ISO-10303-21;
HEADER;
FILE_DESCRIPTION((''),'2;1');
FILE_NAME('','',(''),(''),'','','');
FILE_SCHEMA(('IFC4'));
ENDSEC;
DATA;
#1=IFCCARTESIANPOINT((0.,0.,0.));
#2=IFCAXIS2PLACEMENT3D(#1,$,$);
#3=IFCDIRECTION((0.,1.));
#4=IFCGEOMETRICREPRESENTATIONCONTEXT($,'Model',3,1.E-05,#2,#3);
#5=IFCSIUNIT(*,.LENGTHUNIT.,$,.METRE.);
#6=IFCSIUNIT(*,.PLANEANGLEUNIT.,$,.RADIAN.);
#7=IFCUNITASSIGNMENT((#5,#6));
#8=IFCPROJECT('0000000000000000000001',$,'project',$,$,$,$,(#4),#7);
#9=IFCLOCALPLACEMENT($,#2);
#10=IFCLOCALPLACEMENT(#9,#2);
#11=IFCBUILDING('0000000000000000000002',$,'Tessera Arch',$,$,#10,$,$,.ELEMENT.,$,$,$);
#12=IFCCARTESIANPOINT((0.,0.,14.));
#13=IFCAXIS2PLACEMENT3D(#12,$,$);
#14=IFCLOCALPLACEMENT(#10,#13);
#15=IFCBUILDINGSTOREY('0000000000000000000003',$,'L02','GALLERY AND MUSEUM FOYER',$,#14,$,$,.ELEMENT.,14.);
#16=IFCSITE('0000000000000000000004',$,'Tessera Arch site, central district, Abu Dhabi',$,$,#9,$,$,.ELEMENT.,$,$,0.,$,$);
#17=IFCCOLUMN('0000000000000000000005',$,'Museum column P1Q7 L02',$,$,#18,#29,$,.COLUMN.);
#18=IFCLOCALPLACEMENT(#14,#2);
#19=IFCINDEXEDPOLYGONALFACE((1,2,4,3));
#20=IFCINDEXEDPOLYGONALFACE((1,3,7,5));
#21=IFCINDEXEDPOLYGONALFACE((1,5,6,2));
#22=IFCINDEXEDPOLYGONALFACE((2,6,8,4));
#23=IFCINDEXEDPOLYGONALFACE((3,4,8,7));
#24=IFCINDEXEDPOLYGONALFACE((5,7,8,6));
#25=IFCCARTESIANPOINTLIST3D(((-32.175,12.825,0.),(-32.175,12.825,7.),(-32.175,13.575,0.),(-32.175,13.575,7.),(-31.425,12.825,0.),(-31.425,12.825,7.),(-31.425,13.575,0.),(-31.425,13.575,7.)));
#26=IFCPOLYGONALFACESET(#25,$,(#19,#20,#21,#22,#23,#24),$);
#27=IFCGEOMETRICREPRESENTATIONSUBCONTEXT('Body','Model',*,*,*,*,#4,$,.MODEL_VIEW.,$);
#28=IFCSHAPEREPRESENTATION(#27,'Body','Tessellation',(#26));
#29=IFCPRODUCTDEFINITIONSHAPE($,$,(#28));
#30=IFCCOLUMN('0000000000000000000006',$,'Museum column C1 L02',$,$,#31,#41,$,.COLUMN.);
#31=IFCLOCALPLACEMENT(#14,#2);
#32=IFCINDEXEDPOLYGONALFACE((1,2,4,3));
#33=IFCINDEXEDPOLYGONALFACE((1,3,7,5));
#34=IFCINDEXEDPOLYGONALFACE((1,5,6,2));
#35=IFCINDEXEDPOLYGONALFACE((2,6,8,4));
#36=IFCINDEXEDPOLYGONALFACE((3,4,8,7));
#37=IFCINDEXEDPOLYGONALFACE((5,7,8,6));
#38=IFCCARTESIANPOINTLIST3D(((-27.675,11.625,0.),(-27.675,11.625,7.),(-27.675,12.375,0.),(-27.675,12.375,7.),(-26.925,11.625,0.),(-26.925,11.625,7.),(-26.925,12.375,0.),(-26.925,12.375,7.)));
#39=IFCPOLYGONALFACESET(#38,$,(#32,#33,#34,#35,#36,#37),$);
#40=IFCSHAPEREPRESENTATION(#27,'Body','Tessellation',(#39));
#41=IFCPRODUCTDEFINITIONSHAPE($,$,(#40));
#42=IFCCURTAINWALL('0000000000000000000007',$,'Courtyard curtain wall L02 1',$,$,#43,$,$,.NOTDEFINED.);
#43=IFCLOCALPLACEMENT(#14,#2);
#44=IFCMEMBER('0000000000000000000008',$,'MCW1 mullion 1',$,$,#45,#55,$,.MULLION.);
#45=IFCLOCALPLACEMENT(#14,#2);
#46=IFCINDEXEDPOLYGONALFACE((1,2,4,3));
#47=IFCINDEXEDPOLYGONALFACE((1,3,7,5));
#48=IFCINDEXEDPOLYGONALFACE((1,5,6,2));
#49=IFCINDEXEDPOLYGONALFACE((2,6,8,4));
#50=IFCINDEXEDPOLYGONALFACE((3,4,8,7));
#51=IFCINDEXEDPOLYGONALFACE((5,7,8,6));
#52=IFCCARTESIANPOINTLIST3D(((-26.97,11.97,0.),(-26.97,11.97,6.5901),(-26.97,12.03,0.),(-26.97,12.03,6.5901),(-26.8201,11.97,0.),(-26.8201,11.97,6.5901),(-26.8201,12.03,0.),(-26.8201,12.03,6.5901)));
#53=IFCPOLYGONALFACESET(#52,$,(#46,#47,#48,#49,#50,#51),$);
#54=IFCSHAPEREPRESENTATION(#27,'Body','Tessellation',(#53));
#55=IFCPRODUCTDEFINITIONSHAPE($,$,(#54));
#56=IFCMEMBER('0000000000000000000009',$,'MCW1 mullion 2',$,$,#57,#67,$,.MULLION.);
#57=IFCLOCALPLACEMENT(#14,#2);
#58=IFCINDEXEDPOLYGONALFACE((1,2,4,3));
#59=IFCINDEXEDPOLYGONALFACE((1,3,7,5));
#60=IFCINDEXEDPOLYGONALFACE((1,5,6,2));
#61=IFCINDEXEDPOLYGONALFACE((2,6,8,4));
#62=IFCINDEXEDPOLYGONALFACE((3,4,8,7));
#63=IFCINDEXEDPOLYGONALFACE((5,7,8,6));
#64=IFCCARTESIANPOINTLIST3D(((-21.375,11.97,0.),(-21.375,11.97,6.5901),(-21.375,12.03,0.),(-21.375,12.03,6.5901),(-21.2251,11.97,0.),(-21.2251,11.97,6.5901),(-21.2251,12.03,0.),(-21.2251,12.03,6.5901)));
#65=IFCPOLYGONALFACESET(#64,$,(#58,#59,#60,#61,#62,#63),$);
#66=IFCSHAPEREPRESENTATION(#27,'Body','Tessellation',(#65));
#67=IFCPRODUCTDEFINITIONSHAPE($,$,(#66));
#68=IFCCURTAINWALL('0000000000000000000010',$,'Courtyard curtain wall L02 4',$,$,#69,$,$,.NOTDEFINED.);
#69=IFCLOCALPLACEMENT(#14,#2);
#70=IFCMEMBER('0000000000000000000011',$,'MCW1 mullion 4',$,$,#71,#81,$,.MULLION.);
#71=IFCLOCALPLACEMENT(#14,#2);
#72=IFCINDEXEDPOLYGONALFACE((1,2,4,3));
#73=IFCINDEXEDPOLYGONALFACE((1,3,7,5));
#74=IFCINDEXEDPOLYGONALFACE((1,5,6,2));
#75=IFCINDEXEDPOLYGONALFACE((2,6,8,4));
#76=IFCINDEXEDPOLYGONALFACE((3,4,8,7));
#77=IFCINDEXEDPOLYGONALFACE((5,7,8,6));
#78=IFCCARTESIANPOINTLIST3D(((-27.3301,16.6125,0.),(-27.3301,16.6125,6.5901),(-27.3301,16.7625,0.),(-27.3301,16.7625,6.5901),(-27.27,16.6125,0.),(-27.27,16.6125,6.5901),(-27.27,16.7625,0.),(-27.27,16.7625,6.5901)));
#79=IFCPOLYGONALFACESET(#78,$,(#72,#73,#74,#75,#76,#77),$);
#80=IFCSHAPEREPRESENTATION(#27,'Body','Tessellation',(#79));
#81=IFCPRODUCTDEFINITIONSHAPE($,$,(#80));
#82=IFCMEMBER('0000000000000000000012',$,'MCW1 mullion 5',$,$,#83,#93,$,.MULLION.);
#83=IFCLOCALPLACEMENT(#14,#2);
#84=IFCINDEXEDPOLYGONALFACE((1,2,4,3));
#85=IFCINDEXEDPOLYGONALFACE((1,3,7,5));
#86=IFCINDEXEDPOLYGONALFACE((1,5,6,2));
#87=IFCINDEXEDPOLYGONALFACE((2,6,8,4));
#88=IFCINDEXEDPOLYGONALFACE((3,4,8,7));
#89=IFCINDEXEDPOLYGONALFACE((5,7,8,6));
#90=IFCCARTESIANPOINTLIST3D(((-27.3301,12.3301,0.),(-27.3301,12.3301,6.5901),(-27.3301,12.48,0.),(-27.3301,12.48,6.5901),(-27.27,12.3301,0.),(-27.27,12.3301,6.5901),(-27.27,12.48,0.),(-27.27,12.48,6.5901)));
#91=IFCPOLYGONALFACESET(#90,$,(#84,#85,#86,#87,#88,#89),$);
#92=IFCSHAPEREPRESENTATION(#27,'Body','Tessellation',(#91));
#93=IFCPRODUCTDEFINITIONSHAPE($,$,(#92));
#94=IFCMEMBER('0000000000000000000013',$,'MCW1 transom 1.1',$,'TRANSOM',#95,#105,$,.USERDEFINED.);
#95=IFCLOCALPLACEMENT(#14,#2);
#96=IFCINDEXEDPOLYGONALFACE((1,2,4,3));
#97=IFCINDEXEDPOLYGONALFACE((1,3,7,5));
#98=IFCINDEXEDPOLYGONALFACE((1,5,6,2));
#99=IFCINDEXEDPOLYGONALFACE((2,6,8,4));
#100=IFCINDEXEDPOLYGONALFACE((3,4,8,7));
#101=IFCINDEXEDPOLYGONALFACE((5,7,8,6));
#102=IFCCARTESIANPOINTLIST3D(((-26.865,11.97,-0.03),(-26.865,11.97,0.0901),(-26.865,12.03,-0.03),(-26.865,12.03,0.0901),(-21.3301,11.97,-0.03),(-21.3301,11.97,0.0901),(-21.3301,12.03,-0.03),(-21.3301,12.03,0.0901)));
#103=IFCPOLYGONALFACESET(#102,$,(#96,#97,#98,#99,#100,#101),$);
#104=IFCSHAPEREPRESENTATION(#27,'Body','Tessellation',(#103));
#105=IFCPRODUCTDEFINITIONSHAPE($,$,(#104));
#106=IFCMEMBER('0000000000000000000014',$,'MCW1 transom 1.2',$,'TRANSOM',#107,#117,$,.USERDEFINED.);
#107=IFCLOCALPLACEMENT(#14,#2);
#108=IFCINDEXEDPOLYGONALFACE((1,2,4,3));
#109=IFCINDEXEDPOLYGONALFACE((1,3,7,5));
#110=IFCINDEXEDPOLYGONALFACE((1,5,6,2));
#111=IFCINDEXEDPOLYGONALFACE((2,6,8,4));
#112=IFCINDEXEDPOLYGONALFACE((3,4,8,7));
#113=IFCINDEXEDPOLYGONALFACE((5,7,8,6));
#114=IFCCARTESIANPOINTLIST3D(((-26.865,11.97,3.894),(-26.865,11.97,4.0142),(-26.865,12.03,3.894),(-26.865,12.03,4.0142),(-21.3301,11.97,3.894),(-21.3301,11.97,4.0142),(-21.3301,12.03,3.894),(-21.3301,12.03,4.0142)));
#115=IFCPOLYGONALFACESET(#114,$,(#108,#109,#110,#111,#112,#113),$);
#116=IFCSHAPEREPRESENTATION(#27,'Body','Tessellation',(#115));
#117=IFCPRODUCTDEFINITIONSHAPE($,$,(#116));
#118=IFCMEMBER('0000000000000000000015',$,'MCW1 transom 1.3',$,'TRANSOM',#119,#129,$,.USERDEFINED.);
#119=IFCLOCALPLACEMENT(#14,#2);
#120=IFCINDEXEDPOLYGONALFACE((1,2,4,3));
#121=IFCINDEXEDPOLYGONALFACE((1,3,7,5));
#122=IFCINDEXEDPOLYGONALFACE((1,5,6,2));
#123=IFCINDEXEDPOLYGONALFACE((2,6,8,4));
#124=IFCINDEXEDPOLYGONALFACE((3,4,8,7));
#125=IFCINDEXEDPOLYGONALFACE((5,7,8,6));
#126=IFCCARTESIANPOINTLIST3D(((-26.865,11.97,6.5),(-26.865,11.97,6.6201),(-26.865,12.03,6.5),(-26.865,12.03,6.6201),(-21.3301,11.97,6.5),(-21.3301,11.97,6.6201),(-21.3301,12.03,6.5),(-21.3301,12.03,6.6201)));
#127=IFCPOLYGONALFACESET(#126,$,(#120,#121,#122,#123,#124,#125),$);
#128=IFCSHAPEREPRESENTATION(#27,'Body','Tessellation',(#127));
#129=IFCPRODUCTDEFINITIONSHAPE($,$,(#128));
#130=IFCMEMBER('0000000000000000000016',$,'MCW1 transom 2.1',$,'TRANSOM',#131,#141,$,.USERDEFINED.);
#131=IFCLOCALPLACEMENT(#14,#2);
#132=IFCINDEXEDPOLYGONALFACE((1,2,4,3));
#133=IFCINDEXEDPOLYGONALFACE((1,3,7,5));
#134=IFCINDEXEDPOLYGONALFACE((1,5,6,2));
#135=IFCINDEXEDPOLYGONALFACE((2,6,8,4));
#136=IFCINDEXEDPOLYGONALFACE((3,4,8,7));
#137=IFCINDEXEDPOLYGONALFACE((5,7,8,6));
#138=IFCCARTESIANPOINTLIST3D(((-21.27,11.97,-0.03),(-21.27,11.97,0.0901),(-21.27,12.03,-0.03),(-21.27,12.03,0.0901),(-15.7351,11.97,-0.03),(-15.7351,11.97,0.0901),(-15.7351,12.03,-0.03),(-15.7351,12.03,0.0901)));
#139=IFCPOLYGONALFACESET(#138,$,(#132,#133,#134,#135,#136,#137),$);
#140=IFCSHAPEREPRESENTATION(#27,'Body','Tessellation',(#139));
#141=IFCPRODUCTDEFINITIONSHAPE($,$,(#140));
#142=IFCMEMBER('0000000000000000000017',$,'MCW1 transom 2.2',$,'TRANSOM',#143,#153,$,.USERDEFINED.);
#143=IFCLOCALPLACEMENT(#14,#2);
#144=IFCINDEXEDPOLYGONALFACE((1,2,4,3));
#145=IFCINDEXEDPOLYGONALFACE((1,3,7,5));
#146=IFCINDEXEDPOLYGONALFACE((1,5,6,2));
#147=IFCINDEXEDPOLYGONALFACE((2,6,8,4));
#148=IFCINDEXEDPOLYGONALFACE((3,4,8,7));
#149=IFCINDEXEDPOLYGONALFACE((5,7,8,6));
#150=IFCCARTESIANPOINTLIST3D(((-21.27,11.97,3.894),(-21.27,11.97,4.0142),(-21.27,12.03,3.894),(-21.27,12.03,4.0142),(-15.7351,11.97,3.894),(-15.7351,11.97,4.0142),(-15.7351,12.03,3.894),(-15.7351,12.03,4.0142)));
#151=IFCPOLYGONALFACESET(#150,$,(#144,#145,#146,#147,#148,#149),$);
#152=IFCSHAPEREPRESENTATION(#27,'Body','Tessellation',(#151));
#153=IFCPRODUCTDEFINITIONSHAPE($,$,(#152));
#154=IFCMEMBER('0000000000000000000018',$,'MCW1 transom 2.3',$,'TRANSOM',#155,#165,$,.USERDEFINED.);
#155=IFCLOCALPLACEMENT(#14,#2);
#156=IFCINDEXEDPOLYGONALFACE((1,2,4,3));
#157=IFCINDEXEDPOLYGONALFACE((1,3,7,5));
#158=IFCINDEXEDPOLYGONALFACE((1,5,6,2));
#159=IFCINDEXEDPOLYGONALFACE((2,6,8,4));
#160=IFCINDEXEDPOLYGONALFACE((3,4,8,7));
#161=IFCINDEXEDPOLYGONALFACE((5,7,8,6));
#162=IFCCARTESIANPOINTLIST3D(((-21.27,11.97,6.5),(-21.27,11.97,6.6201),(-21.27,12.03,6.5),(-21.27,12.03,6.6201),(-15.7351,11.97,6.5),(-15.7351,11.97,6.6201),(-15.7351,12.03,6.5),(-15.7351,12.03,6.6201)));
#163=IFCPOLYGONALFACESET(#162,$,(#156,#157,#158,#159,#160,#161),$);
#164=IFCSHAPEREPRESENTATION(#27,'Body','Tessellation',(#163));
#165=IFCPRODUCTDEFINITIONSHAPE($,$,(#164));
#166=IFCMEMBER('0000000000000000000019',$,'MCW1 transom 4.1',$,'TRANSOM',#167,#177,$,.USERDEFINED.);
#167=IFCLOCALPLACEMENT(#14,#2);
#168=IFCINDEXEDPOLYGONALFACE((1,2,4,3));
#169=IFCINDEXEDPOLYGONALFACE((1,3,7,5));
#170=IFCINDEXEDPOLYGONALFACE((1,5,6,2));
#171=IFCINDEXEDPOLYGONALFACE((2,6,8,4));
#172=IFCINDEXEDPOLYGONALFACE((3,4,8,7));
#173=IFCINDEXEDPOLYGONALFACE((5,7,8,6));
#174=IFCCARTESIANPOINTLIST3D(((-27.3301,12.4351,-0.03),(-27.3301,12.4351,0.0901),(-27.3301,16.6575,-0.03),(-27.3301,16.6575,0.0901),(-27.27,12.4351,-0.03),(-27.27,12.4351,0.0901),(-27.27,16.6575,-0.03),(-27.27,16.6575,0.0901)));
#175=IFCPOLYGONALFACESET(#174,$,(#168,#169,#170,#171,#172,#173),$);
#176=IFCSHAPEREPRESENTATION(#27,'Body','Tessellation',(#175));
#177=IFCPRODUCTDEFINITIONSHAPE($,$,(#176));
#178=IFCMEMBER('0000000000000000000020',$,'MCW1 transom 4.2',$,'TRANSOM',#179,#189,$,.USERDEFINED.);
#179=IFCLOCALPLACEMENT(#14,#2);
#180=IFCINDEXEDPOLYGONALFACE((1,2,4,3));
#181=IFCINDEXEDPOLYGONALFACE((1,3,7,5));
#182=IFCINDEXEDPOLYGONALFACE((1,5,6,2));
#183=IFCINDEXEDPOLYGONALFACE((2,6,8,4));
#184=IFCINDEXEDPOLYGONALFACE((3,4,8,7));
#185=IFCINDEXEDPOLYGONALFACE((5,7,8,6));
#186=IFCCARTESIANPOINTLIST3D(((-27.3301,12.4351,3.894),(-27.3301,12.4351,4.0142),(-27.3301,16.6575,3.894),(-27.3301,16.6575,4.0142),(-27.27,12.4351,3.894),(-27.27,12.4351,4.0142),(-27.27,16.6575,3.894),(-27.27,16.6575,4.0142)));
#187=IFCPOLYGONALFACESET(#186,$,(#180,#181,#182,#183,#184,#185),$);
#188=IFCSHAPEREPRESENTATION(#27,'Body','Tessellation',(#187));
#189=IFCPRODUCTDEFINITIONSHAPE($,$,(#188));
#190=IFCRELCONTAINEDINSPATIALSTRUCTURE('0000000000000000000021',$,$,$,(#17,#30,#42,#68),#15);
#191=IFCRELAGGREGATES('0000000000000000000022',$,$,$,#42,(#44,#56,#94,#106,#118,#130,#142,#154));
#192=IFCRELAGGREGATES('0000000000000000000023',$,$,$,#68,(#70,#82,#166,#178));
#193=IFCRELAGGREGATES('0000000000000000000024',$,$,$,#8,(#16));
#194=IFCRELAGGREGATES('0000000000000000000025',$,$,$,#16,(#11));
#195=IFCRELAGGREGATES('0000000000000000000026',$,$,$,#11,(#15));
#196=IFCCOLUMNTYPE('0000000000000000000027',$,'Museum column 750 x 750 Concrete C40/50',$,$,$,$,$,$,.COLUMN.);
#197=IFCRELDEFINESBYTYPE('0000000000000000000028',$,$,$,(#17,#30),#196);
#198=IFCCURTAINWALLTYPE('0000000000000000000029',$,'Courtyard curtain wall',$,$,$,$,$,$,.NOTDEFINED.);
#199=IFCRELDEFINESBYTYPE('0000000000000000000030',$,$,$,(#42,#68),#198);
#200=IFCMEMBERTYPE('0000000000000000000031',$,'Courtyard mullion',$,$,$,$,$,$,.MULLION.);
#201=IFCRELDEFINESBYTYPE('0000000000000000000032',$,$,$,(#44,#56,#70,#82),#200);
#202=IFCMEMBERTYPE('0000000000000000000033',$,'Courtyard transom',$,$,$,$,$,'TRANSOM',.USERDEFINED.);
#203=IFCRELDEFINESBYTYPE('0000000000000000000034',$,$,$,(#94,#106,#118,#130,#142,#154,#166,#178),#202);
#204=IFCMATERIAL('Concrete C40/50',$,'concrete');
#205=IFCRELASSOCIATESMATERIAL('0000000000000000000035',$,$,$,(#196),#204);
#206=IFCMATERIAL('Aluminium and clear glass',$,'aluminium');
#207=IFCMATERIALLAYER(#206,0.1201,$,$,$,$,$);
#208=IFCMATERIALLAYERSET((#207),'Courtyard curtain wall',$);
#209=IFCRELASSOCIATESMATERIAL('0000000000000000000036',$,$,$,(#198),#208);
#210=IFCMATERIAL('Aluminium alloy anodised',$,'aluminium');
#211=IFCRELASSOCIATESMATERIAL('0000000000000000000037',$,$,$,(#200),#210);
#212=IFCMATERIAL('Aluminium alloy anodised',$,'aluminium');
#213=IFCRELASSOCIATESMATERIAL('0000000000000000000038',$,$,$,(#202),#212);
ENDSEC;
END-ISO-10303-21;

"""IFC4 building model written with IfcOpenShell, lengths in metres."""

from ifc_helpers import new_model, si_unit, direction, frame, origin, origin_2d, place, context, subcontext, project, spatial, rectangle, extrude, material, layer, layer_set, material_profile, profile_set, type_object, element, aggregate, save


model = new_model("IFC4")

# Units and contexts
model_context = context("Model", 3, precision=1e-05, world=origin(), true_north=direction((0.0, 1.0)))
body_context = subcontext(model_context, "Body", "Model", "MODEL_VIEW")
ifc_project = project(units=[si_unit("LENGTHUNIT", "METRE"), si_unit("PLANEANGLEUNIT", "RADIAN")], contexts=[model_context])

# Site, building, storey
site_placement = place(None, origin())
site = spatial("IfcSite", under=ifc_project, at=site_placement, Name="Tessera Arch site, central district, Abu Dhabi", CompositionType="ELEMENT", RefElevation=0.0)
building_placement = place(site_placement, origin())
building = spatial("IfcBuilding", under=site, at=building_placement, Name="Tessera Arch", CompositionType="ELEMENT")
storey_placement = place(building_placement, frame((0.0, 0.0, 14.0)))
storey = spatial("IfcBuildingStorey", under=building, at=storey_placement, Name="L02", Description="GALLERY AND MUSEUM FOYER", CompositionType="ELEMENT", Elevation=14.0)

# Columns
ifc_material_1 = material(Name="Concrete C40/50", Category="concrete")
ifc_material_profile_1 = material_profile(ifc_material_1, rectangle(XDim=0.75, YDim=0.75, at=origin_2d()), Name="Museum column 750 x 750 Concrete C40/50")
ifc_profile_set_1 = profile_set([ifc_material_profile_1], Name="Concrete C40/50")
column_type = type_object("IfcColumnType", Name="Museum column 750 x 750 Concrete C40/50", PredefinedType="COLUMN", material=ifc_profile_set_1)
for number, where, z_axis, x_axis, name in (
    (1, (-31.8, 13.2, 0.0), (0.0, 0.0, 1.0), (1.0, 0.0, 0.0), "Museum column P1Q7 L02"),
    (2, (-27.3, 12.0, 0.0), (0.0, 0.0, 1.0), (1.0, 0.0, 0.0), "Museum column C1 L02"),
):
    element("IfcColumn", number, at=place(storey_placement, frame(where, z_axis=z_axis, x_axis=x_axis)), inside=storey, type_object=column_type, Name=name, PredefinedType="COLUMN", context=body_context, shape_type="SweptSolid", body=[
        extrude(rectangle(XDim=0.75, YDim=0.75, at=origin_2d()), origin(), (0.0, 0.0, 1.0), 7.0),
    ])

# Curtain walls, members
ifc_material_2 = material(Name="Aluminium and clear glass", Category="aluminium")
ifc_layer_1 = layer(ifc_material_2, 0.1201)
ifc_layer_set_1 = layer_set([ifc_layer_1], Name="Courtyard curtain wall")
curtain_wall_type = type_object("IfcCurtainWallType", Name="Courtyard curtain wall", PredefinedType="NOTDEFINED", material=ifc_layer_set_1)
curtain_wall_1_placement = place(storey_placement, origin())
curtain_wall_1 = element("IfcCurtainWall", 3, at=curtain_wall_1_placement, inside=storey, type_object=curtain_wall_type, Name="Courtyard curtain wall L02 1", PredefinedType="NOTDEFINED")
ifc_material_3 = material(Name="Aluminium alloy anodised", Category="aluminium")
ifc_material_profile_2 = material_profile(ifc_material_3, rectangle(XDim=0.0601, YDim=0.1499, at=origin_2d()), Name="Courtyard mullion")
ifc_profile_set_2 = profile_set([ifc_material_profile_2], Name="Aluminium alloy anodised")
member_type_1 = type_object("IfcMemberType", Name="Courtyard mullion", PredefinedType="MULLION", material=ifc_profile_set_2)
member_1_placement = place(storey_placement, frame((-26.895, 12.0, 0.0), z_axis=(0.0, 0.0, 1.0), x_axis=(0.0, 1.0, 0.0)))
member_1 = element("IfcMember", 4, at=member_1_placement, type_object=member_type_1, Name="MCW1 mullion 1", PredefinedType="MULLION", context=body_context, shape_type="SweptSolid", body=[
    extrude(rectangle(XDim=0.0601, YDim=0.1499, at=origin_2d()), origin(), (0.0, 0.0, 1.0), 6.5901),
])
member_2_placement = place(storey_placement, frame((-21.3, 12.0, 0.0), z_axis=(0.0, 0.0, 1.0), x_axis=(0.0, 1.0, 0.0)))
member_2 = element("IfcMember", 5, at=member_2_placement, type_object=member_type_1, Name="MCW1 mullion 2", PredefinedType="MULLION", context=body_context, shape_type="SweptSolid", body=[
    extrude(rectangle(XDim=0.0601, YDim=0.1499, at=origin_2d()), origin(), (0.0, 0.0, 1.0), 6.5901),
])
curtain_wall_2_placement = place(storey_placement, origin())
curtain_wall_2 = element("IfcCurtainWall", 6, at=curtain_wall_2_placement, inside=storey, type_object=curtain_wall_type, Name="Courtyard curtain wall L02 4", PredefinedType="NOTDEFINED")
member_3_placement = place(storey_placement, frame((-27.3, 16.6875, 0.0), z_axis=(0.0, 0.0, 1.0), x_axis=(1.0, 0.0, 0.0)))
member_3 = element("IfcMember", 7, at=member_3_placement, type_object=member_type_1, Name="MCW1 mullion 4", PredefinedType="MULLION", context=body_context, shape_type="SweptSolid", body=[
    extrude(rectangle(XDim=0.0601, YDim=0.1499, at=origin_2d()), origin(), (0.0, 0.0, 1.0), 6.5901),
])
member_4_placement = place(storey_placement, frame((-27.3, 12.405, 0.0), z_axis=(0.0, 0.0, 1.0), x_axis=(1.0, 0.0, 0.0)))
member_4 = element("IfcMember", 8, at=member_4_placement, type_object=member_type_1, Name="MCW1 mullion 5", PredefinedType="MULLION", context=body_context, shape_type="SweptSolid", body=[
    extrude(rectangle(XDim=0.0601, YDim=0.1499, at=origin_2d()), origin(), (0.0, 0.0, 1.0), 6.5901),
])

# Members
ifc_material_4 = material(Name="Aluminium alloy anodised", Category="aluminium")
ifc_material_profile_3 = material_profile(ifc_material_4, rectangle(XDim=0.0601, YDim=0.1201, at=origin_2d()), Name="Courtyard transom")
ifc_profile_set_3 = profile_set([ifc_material_profile_3], Name="Aluminium alloy anodised")
member_type_2 = type_object("IfcMemberType", Name="Courtyard transom", ElementType="TRANSOM", PredefinedType="USERDEFINED", material=ifc_profile_set_3)
member_5_placement = place(storey_placement, frame((-26.865, 12.0, 0.03), z_axis=(1.0, 0.0, 0.0), x_axis=(0.0, 1.0, 0.0)))
member_5 = element("IfcMember", 9, at=member_5_placement, type_object=member_type_2, Name="MCW1 transom 1.1", ObjectType="TRANSOM", PredefinedType="USERDEFINED", context=body_context, shape_type="SweptSolid", body=[
    extrude(rectangle(XDim=0.0601, YDim=0.1201, at=origin_2d()), origin(), (0.0, 0.0, 1.0), 5.5349),
])
member_6_placement = place(storey_placement, frame((-26.865, 12.0, 3.9541), z_axis=(1.0, 0.0, 0.0), x_axis=(0.0, 1.0, 0.0)))
member_6 = element("IfcMember", 10, at=member_6_placement, type_object=member_type_2, Name="MCW1 transom 1.2", ObjectType="TRANSOM", PredefinedType="USERDEFINED", context=body_context, shape_type="SweptSolid", body=[
    extrude(rectangle(XDim=0.0601, YDim=0.1201, at=origin_2d()), origin(), (0.0, 0.0, 1.0), 5.5349),
])
member_7_placement = place(storey_placement, frame((-26.865, 12.0, 6.5601), z_axis=(1.0, 0.0, 0.0), x_axis=(0.0, 1.0, 0.0)))
member_7 = element("IfcMember", 11, at=member_7_placement, type_object=member_type_2, Name="MCW1 transom 1.3", ObjectType="TRANSOM", PredefinedType="USERDEFINED", context=body_context, shape_type="SweptSolid", body=[
    extrude(rectangle(XDim=0.0601, YDim=0.1201, at=origin_2d()), origin(), (0.0, 0.0, 1.0), 5.5349),
])
member_8_placement = place(storey_placement, frame((-21.27, 12.0, 0.03), z_axis=(1.0, 0.0, 0.0), x_axis=(0.0, 1.0, 0.0)))
member_8 = element("IfcMember", 12, at=member_8_placement, type_object=member_type_2, Name="MCW1 transom 2.1", ObjectType="TRANSOM", PredefinedType="USERDEFINED", context=body_context, shape_type="SweptSolid", body=[
    extrude(rectangle(XDim=0.0601, YDim=0.1201, at=origin_2d()), origin(), (0.0, 0.0, 1.0), 5.5349),
])
member_9_placement = place(storey_placement, frame((-21.27, 12.0, 3.9541), z_axis=(1.0, 0.0, 0.0), x_axis=(0.0, 1.0, 0.0)))
member_9 = element("IfcMember", 13, at=member_9_placement, type_object=member_type_2, Name="MCW1 transom 2.2", ObjectType="TRANSOM", PredefinedType="USERDEFINED", context=body_context, shape_type="SweptSolid", body=[
    extrude(rectangle(XDim=0.0601, YDim=0.1201, at=origin_2d()), origin(), (0.0, 0.0, 1.0), 5.5349),
])
member_10_placement = place(storey_placement, frame((-21.27, 12.0, 6.5601), z_axis=(1.0, 0.0, 0.0), x_axis=(0.0, 1.0, 0.0)))
member_10 = element("IfcMember", 14, at=member_10_placement, type_object=member_type_2, Name="MCW1 transom 2.3", ObjectType="TRANSOM", PredefinedType="USERDEFINED", context=body_context, shape_type="SweptSolid", body=[
    extrude(rectangle(XDim=0.0601, YDim=0.1201, at=origin_2d()), origin(), (0.0, 0.0, 1.0), 5.5349),
])
member_11_placement = place(storey_placement, frame((-27.3, 16.6575, 0.03), z_axis=(0.0, -1.0, 0.0), x_axis=(1.0, 0.0, 0.0)))
member_11 = element("IfcMember", 15, at=member_11_placement, type_object=member_type_2, Name="MCW1 transom 4.1", ObjectType="TRANSOM", PredefinedType="USERDEFINED", context=body_context, shape_type="SweptSolid", body=[
    extrude(rectangle(XDim=0.0601, YDim=0.1201, at=origin_2d()), origin(), (0.0, 0.0, 1.0), 4.2224),
])
member_12_placement = place(storey_placement, frame((-27.3, 16.6575, 3.9541), z_axis=(0.0, -1.0, 0.0), x_axis=(1.0, 0.0, 0.0)))
member_12 = element("IfcMember", 16, at=member_12_placement, type_object=member_type_2, Name="MCW1 transom 4.2", ObjectType="TRANSOM", PredefinedType="USERDEFINED", context=body_context, shape_type="SweptSolid", body=[
    extrude(rectangle(XDim=0.0601, YDim=0.1201, at=origin_2d()), origin(), (0.0, 0.0, 1.0), 4.2224),
])

aggregate(curtain_wall_1, [member_1, member_2, member_5, member_6, member_7, member_8, member_9, member_10])
aggregate(curtain_wall_2, [member_3, member_4, member_11, member_12])

save(model, "model.ifc")
